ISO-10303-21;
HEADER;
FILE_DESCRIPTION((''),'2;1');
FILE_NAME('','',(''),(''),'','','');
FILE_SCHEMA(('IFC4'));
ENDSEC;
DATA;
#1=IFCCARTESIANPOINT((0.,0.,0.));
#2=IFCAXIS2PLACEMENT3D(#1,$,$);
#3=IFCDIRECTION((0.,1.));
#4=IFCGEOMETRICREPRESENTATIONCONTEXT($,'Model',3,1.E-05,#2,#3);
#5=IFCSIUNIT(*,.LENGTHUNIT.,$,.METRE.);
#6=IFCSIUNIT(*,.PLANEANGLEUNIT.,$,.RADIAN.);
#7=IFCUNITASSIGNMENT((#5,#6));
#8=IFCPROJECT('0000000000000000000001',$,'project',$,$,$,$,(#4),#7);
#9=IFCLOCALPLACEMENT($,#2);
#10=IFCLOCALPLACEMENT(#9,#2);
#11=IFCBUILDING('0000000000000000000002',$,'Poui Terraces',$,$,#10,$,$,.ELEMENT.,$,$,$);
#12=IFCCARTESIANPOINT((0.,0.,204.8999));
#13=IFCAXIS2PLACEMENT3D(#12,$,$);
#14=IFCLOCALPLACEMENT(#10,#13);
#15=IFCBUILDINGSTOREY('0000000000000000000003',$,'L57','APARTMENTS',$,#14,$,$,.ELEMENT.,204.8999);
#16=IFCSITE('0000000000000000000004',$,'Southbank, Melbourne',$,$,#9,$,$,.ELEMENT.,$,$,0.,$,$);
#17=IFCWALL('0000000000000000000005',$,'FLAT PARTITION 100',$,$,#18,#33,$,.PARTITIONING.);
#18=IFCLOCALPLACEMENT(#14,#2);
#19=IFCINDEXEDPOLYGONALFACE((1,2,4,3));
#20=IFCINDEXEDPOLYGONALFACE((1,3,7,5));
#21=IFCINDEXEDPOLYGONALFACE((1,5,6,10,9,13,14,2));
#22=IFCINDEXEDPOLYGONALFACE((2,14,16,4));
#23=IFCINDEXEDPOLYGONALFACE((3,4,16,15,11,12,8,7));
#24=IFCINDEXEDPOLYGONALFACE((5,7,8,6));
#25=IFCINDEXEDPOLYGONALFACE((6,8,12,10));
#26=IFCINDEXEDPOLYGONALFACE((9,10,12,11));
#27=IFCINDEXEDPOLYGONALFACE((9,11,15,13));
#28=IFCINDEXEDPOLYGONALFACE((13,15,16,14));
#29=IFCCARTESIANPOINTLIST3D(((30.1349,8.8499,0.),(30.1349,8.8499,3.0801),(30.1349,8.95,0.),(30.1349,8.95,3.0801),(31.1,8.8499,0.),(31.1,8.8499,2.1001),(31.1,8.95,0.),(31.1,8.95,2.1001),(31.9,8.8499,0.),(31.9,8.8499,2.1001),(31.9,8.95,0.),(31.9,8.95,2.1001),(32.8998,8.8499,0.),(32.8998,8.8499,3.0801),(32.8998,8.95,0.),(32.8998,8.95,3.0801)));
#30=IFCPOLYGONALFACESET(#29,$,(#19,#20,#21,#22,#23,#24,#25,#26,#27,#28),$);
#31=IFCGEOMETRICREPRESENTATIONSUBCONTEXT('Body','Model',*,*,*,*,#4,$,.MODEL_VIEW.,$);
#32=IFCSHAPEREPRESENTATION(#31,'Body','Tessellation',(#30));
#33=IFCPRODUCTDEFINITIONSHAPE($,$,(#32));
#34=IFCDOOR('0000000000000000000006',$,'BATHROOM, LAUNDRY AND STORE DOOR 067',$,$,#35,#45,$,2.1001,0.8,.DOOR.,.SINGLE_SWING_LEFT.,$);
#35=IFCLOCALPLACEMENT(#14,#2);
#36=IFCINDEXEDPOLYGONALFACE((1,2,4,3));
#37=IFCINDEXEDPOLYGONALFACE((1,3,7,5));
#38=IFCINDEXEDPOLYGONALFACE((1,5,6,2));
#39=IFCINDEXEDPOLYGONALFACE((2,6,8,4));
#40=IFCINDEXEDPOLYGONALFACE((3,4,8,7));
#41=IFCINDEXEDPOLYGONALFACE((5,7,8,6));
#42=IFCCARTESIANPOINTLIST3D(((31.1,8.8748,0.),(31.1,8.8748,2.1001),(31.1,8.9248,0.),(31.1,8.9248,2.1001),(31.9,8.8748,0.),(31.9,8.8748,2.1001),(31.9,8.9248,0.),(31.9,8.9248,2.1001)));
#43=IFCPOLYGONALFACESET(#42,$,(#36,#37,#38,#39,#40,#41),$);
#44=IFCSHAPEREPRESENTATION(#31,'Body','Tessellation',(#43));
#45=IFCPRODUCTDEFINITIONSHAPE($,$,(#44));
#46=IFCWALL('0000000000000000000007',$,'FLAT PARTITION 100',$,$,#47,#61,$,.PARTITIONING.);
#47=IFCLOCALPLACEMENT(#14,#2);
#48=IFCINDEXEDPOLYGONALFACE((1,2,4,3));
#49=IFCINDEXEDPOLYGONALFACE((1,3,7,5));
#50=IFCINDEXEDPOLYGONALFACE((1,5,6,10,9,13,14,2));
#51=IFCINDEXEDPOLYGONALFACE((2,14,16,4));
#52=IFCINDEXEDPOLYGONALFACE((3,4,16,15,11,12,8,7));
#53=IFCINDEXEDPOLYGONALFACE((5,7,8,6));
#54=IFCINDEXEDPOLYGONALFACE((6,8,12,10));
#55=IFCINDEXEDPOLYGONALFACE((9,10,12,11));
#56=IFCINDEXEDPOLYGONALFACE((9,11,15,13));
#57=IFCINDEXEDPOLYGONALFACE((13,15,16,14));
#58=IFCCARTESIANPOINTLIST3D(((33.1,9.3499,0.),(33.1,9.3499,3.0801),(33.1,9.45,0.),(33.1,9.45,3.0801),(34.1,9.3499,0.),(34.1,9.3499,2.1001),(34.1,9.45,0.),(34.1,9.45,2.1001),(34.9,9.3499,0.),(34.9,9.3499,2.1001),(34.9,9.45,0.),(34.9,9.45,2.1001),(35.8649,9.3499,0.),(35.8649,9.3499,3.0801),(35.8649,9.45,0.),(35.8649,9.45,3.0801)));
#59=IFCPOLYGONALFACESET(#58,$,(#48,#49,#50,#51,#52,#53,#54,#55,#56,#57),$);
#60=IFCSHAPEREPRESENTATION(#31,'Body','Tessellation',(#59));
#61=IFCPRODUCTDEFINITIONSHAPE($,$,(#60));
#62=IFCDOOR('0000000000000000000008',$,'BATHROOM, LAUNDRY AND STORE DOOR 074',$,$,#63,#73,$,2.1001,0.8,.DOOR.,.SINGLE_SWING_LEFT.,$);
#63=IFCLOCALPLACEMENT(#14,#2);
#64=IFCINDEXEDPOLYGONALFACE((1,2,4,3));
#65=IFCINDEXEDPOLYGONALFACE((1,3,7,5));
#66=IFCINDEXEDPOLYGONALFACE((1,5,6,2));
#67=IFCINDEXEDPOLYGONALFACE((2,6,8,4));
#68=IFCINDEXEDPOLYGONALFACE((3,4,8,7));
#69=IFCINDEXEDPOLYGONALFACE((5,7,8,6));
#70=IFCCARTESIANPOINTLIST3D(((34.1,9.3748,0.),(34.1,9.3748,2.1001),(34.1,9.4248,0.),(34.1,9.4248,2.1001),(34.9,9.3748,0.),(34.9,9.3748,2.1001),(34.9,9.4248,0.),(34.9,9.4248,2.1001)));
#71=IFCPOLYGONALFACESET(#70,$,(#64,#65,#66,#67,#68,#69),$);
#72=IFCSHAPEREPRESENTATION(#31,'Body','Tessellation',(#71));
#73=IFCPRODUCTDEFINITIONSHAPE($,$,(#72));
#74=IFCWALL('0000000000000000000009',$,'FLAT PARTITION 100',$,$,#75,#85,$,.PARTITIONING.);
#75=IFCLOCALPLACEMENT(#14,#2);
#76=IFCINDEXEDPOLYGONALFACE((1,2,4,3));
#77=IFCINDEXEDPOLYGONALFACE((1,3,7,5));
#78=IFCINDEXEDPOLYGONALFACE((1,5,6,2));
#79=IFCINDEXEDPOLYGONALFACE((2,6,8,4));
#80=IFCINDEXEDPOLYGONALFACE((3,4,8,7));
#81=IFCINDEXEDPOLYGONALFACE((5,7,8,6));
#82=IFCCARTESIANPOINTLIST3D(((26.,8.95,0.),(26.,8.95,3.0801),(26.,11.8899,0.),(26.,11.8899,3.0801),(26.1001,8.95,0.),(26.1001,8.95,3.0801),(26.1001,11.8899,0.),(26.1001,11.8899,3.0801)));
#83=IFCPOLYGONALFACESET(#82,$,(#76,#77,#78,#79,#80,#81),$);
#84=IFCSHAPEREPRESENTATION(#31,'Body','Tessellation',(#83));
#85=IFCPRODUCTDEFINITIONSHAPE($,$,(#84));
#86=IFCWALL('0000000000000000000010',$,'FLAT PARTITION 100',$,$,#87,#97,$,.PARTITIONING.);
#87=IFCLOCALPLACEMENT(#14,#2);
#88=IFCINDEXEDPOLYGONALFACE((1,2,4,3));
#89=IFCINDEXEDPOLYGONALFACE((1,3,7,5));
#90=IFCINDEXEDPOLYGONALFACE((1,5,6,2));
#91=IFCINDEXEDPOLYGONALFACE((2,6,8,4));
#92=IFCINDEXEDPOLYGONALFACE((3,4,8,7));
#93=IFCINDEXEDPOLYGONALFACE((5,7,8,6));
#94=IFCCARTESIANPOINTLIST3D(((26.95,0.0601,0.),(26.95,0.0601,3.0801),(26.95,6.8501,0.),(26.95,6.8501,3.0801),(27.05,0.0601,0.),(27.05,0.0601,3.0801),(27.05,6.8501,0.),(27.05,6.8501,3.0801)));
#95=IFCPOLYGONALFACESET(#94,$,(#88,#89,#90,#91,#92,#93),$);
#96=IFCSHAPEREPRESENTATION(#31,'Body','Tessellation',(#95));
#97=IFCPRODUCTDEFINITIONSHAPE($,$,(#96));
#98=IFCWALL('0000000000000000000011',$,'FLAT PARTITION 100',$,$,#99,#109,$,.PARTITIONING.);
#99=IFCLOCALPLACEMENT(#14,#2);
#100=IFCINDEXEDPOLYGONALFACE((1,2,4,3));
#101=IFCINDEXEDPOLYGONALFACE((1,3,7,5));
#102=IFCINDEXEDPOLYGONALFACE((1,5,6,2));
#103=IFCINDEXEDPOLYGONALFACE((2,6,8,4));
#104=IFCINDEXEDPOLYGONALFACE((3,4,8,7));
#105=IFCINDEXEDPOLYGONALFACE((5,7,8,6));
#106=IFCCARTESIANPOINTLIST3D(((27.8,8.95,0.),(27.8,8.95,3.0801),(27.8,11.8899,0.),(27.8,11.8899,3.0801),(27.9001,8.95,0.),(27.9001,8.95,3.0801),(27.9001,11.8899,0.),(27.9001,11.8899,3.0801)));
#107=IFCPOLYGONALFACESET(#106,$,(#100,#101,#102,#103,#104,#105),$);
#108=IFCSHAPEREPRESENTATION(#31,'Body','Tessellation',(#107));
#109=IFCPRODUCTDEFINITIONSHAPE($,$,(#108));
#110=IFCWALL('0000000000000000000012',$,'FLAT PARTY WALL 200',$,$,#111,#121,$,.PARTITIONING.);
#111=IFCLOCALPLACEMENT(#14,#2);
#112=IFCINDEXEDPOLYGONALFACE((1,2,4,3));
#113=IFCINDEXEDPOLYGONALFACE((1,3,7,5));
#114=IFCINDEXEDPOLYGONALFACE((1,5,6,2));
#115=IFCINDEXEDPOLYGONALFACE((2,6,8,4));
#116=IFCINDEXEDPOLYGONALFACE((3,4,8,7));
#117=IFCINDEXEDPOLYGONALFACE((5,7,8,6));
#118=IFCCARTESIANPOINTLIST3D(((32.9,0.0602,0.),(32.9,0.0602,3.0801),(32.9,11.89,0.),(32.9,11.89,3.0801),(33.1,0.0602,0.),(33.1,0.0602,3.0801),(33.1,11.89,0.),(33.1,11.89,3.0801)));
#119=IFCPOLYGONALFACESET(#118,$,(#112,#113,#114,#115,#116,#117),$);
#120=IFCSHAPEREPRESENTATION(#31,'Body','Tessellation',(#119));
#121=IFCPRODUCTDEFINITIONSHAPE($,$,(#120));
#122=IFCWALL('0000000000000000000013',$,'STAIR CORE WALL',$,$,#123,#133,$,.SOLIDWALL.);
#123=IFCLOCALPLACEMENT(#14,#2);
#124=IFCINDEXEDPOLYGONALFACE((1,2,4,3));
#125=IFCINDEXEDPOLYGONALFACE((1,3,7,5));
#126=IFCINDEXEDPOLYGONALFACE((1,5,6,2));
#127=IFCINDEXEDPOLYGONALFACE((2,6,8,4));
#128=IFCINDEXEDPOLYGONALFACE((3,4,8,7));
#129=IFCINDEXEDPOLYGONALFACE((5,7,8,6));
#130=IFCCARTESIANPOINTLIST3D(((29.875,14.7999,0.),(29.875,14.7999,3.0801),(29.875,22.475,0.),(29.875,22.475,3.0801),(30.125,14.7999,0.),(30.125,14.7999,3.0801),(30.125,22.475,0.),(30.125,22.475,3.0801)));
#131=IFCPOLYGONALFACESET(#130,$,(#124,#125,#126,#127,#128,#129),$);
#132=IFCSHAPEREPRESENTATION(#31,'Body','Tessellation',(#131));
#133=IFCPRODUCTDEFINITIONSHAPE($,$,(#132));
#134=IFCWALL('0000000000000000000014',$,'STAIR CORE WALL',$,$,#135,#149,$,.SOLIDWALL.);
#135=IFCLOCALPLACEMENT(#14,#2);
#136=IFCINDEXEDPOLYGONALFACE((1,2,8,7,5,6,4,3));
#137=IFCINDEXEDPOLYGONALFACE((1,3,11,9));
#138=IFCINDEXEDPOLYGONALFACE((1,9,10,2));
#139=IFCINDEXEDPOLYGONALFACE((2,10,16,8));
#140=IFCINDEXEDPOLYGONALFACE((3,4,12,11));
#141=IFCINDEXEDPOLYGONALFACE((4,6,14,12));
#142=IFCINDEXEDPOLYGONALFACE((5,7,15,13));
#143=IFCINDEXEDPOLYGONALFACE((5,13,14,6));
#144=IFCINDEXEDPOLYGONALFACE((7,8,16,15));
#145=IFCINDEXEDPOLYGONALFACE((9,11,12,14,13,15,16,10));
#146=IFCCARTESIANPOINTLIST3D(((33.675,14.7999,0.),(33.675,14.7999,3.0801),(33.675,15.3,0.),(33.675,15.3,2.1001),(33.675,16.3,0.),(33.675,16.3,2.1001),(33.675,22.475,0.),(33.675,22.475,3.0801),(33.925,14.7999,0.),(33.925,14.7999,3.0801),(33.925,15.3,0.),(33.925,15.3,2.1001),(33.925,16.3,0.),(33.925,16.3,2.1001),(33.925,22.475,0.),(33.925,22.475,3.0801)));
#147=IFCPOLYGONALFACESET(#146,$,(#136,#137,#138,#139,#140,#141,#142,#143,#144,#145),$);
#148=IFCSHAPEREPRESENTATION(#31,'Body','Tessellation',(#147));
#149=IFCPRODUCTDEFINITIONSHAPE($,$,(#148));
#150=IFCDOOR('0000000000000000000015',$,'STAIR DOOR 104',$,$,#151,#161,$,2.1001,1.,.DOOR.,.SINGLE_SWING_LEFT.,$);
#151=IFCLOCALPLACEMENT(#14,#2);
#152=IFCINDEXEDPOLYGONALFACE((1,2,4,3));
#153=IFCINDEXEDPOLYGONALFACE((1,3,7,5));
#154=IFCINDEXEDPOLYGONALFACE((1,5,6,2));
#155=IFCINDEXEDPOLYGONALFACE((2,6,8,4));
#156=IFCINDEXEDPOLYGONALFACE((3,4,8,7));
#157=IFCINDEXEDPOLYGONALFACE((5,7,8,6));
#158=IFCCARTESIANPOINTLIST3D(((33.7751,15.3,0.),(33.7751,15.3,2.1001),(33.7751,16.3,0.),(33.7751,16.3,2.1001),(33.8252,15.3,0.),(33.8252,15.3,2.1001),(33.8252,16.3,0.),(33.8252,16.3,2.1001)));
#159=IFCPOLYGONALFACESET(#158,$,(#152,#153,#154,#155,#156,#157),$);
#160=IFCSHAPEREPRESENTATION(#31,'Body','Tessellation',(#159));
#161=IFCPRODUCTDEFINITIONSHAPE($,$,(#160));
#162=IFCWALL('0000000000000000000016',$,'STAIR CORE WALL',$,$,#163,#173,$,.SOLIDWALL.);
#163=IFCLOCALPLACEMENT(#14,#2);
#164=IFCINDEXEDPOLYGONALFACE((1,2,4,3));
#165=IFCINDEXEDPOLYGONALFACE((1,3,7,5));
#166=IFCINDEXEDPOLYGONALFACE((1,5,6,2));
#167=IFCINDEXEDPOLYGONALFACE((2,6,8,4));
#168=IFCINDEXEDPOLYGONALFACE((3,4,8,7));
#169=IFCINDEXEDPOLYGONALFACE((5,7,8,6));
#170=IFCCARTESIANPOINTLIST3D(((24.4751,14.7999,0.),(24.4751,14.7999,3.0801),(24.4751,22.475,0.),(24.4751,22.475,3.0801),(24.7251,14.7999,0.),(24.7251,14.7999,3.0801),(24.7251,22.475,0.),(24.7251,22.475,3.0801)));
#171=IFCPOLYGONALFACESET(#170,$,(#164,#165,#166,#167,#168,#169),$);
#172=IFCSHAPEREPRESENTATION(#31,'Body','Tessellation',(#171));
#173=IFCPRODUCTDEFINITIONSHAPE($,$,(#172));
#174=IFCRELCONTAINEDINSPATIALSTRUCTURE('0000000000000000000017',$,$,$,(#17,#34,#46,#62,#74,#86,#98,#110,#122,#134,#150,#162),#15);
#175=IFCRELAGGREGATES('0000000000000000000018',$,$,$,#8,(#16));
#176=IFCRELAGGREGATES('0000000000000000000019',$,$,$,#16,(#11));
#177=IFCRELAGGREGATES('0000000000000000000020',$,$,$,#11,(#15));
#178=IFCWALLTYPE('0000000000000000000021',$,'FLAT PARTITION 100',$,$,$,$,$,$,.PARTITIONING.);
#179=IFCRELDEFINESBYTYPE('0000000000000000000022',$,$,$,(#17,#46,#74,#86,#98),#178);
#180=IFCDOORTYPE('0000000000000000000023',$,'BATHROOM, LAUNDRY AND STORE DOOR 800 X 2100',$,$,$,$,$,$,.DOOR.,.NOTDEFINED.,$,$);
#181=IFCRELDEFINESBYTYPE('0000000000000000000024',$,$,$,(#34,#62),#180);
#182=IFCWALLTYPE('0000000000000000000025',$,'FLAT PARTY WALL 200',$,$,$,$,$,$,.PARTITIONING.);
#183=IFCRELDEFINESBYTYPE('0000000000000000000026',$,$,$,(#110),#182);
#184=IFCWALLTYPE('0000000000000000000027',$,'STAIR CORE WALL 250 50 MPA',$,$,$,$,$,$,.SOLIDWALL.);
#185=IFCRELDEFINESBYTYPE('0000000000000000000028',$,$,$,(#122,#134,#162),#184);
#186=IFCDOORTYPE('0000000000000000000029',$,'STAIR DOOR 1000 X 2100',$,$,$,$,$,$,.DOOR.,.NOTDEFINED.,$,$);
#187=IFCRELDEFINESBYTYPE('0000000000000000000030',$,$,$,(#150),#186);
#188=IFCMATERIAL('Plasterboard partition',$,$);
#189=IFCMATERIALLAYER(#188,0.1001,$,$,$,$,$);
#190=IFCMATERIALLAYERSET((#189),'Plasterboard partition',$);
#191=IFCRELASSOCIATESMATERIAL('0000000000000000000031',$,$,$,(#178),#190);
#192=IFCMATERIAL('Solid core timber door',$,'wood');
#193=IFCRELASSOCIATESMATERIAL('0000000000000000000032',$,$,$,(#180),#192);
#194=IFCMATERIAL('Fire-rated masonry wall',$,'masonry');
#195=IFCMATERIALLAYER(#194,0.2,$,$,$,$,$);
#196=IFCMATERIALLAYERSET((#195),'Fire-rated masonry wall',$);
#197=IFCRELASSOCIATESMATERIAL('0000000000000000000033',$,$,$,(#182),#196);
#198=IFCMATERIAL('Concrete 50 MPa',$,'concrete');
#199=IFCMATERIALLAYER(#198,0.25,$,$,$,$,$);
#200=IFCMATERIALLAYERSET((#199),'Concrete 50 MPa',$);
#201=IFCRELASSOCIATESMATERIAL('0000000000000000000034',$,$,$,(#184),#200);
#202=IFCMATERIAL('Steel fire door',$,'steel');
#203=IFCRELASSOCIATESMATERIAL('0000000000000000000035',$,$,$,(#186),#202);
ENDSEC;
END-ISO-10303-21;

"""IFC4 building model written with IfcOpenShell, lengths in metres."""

from ifc_helpers import new_model, si_unit, direction, frame, frame_2d, origin, place, context, subcontext, project, spatial, rectangle, extrude, material, layer, layer_set, type_object, element, fill, save


model = new_model("IFC4")

# Units and contexts
model_context = context("Model", 3, precision=1e-05, world=origin(), true_north=direction((0.0, 1.0)))
body_context = subcontext(model_context, "Body", "Model", "MODEL_VIEW")
ifc_project = project(units=[si_unit("LENGTHUNIT", "METRE"), si_unit("PLANEANGLEUNIT", "RADIAN")], contexts=[model_context])

# Site, building, storey
site_placement = place(None, origin())
site = spatial("IfcSite", under=ifc_project, at=site_placement, Name="Southbank, Melbourne", CompositionType="ELEMENT", RefElevation=0.0)
building_placement = place(site_placement, origin())
building = spatial("IfcBuilding", under=site, at=building_placement, Name="Poui Terraces", CompositionType="ELEMENT")
storey_placement = place(building_placement, frame((0.0, 0.0, 204.8999)))
storey = spatial("IfcBuildingStorey", under=building, at=storey_placement, Name="L57", Description="APARTMENTS", CompositionType="ELEMENT", Elevation=204.8999)

# Shared definitions
ifc_material_1 = material(Name="Concrete 50 MPa", Category="concrete")

# Walls, openings, doors
ifc_material_2 = material(Name="Solid core timber door", Category="wood")
ifc_material_3 = material(Name="Plasterboard partition")
ifc_layer_1 = layer(ifc_material_3, 0.1001)
ifc_layer_set_1 = layer_set([ifc_layer_1], Name="Plasterboard partition")
wall_type_1 = type_object("IfcWallType", Name="FLAT PARTITION 100", PredefinedType="PARTITIONING", material=ifc_layer_set_1)
wall_1_placement = place(storey_placement, frame((30.135, 8.8999, 0.0), z_axis=(0.0, 0.0, 1.0), x_axis=(1.0, 0.0, 0.0)))
wall_1 = element("IfcWall", 1, at=wall_1_placement, inside=storey, type_object=wall_type_1, Name="FLAT PARTITION 100", PredefinedType="PARTITIONING", context=body_context, shape_type="SweptSolid", body=[
    extrude(rectangle(XDim=2.7649, YDim=0.1001, at=frame_2d((1.3823, 0.0))), origin(), (0.0, 0.0, 1.0), 3.0801),
])
opening_1_placement = place(wall_1_placement, frame((0.9651, 0.0, 0.0)))
opening_1 = element("IfcOpeningElement", 2, at=opening_1_placement, cuts=wall_1, PredefinedType="OPENING", context=body_context, shape_type="SweptSolid", body=[
    extrude(rectangle(XDim=0.8, YDim=2.1001, at=frame_2d((0.3999, 1.05))), frame((0.0, 0.0601, 0.0), z_axis=(0.0, -1.0, 0.0), x_axis=(1.0, 0.0, 0.0)), (0.0, 0.0, 1.0), 0.1201),
])
door_type_1 = type_object("IfcDoorType", Name="BATHROOM, LAUNDRY AND STORE DOOR 800 X 2100", OperationType="NOTDEFINED", PredefinedType="DOOR", material=ifc_material_2)
door_1_placement = place(opening_1_placement, origin())
door_1 = element("IfcDoor", 3, at=door_1_placement, inside=storey, type_object=door_type_1, Name="BATHROOM, LAUNDRY AND STORE DOOR 067", OperationType="SINGLE_SWING_LEFT", OverallHeight=2.1001, OverallWidth=0.8, PredefinedType="DOOR", context=body_context, shape_type="SweptSolid", body=[
    extrude(rectangle(XDim=0.8, YDim=2.1001, at=frame_2d((0.3999, 1.05))), frame((0.0, 0.0249, 0.0), z_axis=(0.0, -1.0, 0.0), x_axis=(1.0, 0.0, 0.0)), (0.0, 0.0, 1.0), 0.05),
])
fill(opening_1, door_1)
wall_2_placement = place(storey_placement, frame((33.1001, 9.3999, 0.0), z_axis=(0.0, 0.0, 1.0), x_axis=(1.0, 0.0, 0.0)))
wall_2 = element("IfcWall", 4, at=wall_2_placement, inside=storey, type_object=wall_type_1, Name="FLAT PARTITION 100", PredefinedType="PARTITIONING", context=body_context, shape_type="SweptSolid", body=[
    extrude(rectangle(XDim=2.7649, YDim=0.1001, at=frame_2d((1.3823, 0.0))), origin(), (0.0, 0.0, 1.0), 3.0801),
])
opening_2_placement = place(wall_2_placement, frame((1.0, 0.0, 0.0)))
opening_2 = element("IfcOpeningElement", 5, at=opening_2_placement, cuts=wall_2, PredefinedType="OPENING", context=body_context, shape_type="SweptSolid", body=[
    extrude(rectangle(XDim=0.8, YDim=2.1001, at=frame_2d((0.3999, 1.05))), frame((0.0, 0.0601, 0.0), z_axis=(0.0, -1.0, 0.0), x_axis=(1.0, 0.0, 0.0)), (0.0, 0.0, 1.0), 0.1201),
])
door_2_placement = place(opening_2_placement, origin())
door_2 = element("IfcDoor", 6, at=door_2_placement, inside=storey, type_object=door_type_1, Name="BATHROOM, LAUNDRY AND STORE DOOR 074", OperationType="SINGLE_SWING_LEFT", OverallHeight=2.1001, OverallWidth=0.8, PredefinedType="DOOR", context=body_context, shape_type="SweptSolid", body=[
    extrude(rectangle(XDim=0.8, YDim=2.1001, at=frame_2d((0.3999, 1.05))), frame((0.0, 0.0249, 0.0), z_axis=(0.0, -1.0, 0.0), x_axis=(1.0, 0.0, 0.0)), (0.0, 0.0, 1.0), 0.05),
])
fill(opening_2, door_2)

# Walls
wall_3_placement = place(storey_placement, frame((26.05, 8.95, 0.0), z_axis=(0.0, 0.0, 1.0), x_axis=(0.0, 1.0, 0.0)))
element("IfcWall", 7, at=wall_3_placement, inside=storey, type_object=wall_type_1, Name="FLAT PARTITION 100", PredefinedType="PARTITIONING", context=body_context, shape_type="SweptSolid", body=[
    extrude(rectangle(XDim=2.9399, YDim=0.1001, at=frame_2d((1.47, 0.0))), origin(), (0.0, 0.0, 1.0), 3.0801),
])
wall_4_placement = place(storey_placement, frame((27.0, 0.0601, 0.0), z_axis=(0.0, 0.0, 1.0), x_axis=(0.0, 1.0, 0.0)))
element("IfcWall", 8, at=wall_4_placement, inside=storey, type_object=wall_type_1, Name="FLAT PARTITION 100", PredefinedType="PARTITIONING", context=body_context, shape_type="SweptSolid", body=[
    extrude(rectangle(XDim=6.79, YDim=0.1001, at=frame_2d((3.395, 0.0))), origin(), (0.0, 0.0, 1.0), 3.0801),
])
wall_5_placement = place(storey_placement, frame((27.8501, 8.95, 0.0), z_axis=(0.0, 0.0, 1.0), x_axis=(0.0, 1.0, 0.0)))
element("IfcWall", 9, at=wall_5_placement, inside=storey, type_object=wall_type_1, Name="FLAT PARTITION 100", PredefinedType="PARTITIONING", context=body_context, shape_type="SweptSolid", body=[
    extrude(rectangle(XDim=2.9399, YDim=0.1001, at=frame_2d((1.47, 0.0))), origin(), (0.0, 0.0, 1.0), 3.0801),
])
ifc_material_4 = material(Name="Fire-rated masonry wall", Category="masonry")
ifc_layer_2 = layer(ifc_material_4, 0.2)
ifc_layer_set_2 = layer_set([ifc_layer_2], Name="Fire-rated masonry wall")
wall_type_2 = type_object("IfcWallType", Name="FLAT PARTY WALL 200", PredefinedType="PARTITIONING", material=ifc_layer_set_2)
wall_6_placement = place(storey_placement, frame((33.0, 0.0601, 0.0), z_axis=(0.0, 0.0, 1.0), x_axis=(0.0, 1.0, 0.0)))
element("IfcWall", 10, at=wall_6_placement, inside=storey, type_object=wall_type_2, Name="FLAT PARTY WALL 200", PredefinedType="PARTITIONING", context=body_context, shape_type="SweptSolid", body=[
    extrude(rectangle(XDim=11.8298, YDim=0.2, at=frame_2d((5.915, 0.0))), origin(), (0.0, 0.0, 1.0), 3.0801),
])
ifc_layer_3 = layer(ifc_material_1, 0.25)
ifc_layer_set_3 = layer_set([ifc_layer_3], Name="Concrete 50 MPa")
wall_type_3 = type_object("IfcWallType", Name="STAIR CORE WALL 250 50 MPA", PredefinedType="SOLIDWALL", material=ifc_layer_set_3)
wall_7_placement = place(storey_placement, frame((30.0, 14.8, 0.0), z_axis=(0.0, 0.0, 1.0), x_axis=(0.0, 1.0, 0.0)))
element("IfcWall", 11, at=wall_7_placement, inside=storey, type_object=wall_type_3, Name="STAIR CORE WALL", PredefinedType="SOLIDWALL", context=body_context, shape_type="SweptSolid", body=[
    extrude(rectangle(XDim=7.675, YDim=0.25, at=frame_2d((3.8374, 0.0))), origin(), (0.0, 0.0, 1.0), 3.0801),
])

# Wall, opening, door
wall_8_placement = place(storey_placement, frame((33.8, 14.8, 0.0), z_axis=(0.0, 0.0, 1.0), x_axis=(0.0, 1.0, 0.0)))
wall_8 = element("IfcWall", 12, at=wall_8_placement, inside=storey, type_object=wall_type_3, Name="STAIR CORE WALL", PredefinedType="SOLIDWALL", context=body_context, shape_type="SweptSolid", body=[
    extrude(rectangle(XDim=7.675, YDim=0.25, at=frame_2d((3.8374, 0.0))), origin(), (0.0, 0.0, 1.0), 3.0801),
])
opening_3_placement = place(wall_8_placement, frame((0.5, 0.0, 0.0)))
opening_3 = element("IfcOpeningElement", 13, at=opening_3_placement, cuts=wall_8, PredefinedType="OPENING", context=body_context, shape_type="SweptSolid", body=[
    extrude(rectangle(XDim=1.0, YDim=2.1001, at=frame_2d((0.5, 1.05))), frame((0.0, 0.135, 0.0), z_axis=(0.0, -1.0, 0.0), x_axis=(1.0, 0.0, 0.0)), (0.0, 0.0, 1.0), 0.27),
])
ifc_material_5 = material(Name="Steel fire door", Category="steel")
door_type_2 = type_object("IfcDoorType", Name="STAIR DOOR 1000 X 2100", OperationType="NOTDEFINED", PredefinedType="DOOR", material=ifc_material_5)
door_3_placement = place(opening_3_placement, origin())
door_3 = element("IfcDoor", 14, at=door_3_placement, inside=storey, type_object=door_type_2, Name="STAIR DOOR 104", OperationType="SINGLE_SWING_LEFT", OverallHeight=2.1001, OverallWidth=1.0, PredefinedType="DOOR", context=body_context, shape_type="SweptSolid", body=[
    extrude(rectangle(XDim=1.0, YDim=2.1001, at=frame_2d((0.5, 1.05))), frame((0.0, 0.0249, 0.0), z_axis=(0.0, -1.0, 0.0), x_axis=(1.0, 0.0, 0.0)), (0.0, 0.0, 1.0), 0.05),
])
fill(opening_3, door_3)

# Wall
wall_9_placement = place(storey_placement, frame((24.6001, 14.8, 0.0), z_axis=(0.0, 0.0, 1.0), x_axis=(0.0, 1.0, 0.0)))
element("IfcWall", 15, at=wall_9_placement, inside=storey, type_object=wall_type_3, Name="STAIR CORE WALL", PredefinedType="SOLIDWALL", context=body_context, shape_type="SweptSolid", body=[
    extrude(rectangle(XDim=7.675, YDim=0.25, at=frame_2d((3.8374, 0.0))), origin(), (0.0, 0.0, 1.0), 3.0801),
])

save(model, "model.ifc")
